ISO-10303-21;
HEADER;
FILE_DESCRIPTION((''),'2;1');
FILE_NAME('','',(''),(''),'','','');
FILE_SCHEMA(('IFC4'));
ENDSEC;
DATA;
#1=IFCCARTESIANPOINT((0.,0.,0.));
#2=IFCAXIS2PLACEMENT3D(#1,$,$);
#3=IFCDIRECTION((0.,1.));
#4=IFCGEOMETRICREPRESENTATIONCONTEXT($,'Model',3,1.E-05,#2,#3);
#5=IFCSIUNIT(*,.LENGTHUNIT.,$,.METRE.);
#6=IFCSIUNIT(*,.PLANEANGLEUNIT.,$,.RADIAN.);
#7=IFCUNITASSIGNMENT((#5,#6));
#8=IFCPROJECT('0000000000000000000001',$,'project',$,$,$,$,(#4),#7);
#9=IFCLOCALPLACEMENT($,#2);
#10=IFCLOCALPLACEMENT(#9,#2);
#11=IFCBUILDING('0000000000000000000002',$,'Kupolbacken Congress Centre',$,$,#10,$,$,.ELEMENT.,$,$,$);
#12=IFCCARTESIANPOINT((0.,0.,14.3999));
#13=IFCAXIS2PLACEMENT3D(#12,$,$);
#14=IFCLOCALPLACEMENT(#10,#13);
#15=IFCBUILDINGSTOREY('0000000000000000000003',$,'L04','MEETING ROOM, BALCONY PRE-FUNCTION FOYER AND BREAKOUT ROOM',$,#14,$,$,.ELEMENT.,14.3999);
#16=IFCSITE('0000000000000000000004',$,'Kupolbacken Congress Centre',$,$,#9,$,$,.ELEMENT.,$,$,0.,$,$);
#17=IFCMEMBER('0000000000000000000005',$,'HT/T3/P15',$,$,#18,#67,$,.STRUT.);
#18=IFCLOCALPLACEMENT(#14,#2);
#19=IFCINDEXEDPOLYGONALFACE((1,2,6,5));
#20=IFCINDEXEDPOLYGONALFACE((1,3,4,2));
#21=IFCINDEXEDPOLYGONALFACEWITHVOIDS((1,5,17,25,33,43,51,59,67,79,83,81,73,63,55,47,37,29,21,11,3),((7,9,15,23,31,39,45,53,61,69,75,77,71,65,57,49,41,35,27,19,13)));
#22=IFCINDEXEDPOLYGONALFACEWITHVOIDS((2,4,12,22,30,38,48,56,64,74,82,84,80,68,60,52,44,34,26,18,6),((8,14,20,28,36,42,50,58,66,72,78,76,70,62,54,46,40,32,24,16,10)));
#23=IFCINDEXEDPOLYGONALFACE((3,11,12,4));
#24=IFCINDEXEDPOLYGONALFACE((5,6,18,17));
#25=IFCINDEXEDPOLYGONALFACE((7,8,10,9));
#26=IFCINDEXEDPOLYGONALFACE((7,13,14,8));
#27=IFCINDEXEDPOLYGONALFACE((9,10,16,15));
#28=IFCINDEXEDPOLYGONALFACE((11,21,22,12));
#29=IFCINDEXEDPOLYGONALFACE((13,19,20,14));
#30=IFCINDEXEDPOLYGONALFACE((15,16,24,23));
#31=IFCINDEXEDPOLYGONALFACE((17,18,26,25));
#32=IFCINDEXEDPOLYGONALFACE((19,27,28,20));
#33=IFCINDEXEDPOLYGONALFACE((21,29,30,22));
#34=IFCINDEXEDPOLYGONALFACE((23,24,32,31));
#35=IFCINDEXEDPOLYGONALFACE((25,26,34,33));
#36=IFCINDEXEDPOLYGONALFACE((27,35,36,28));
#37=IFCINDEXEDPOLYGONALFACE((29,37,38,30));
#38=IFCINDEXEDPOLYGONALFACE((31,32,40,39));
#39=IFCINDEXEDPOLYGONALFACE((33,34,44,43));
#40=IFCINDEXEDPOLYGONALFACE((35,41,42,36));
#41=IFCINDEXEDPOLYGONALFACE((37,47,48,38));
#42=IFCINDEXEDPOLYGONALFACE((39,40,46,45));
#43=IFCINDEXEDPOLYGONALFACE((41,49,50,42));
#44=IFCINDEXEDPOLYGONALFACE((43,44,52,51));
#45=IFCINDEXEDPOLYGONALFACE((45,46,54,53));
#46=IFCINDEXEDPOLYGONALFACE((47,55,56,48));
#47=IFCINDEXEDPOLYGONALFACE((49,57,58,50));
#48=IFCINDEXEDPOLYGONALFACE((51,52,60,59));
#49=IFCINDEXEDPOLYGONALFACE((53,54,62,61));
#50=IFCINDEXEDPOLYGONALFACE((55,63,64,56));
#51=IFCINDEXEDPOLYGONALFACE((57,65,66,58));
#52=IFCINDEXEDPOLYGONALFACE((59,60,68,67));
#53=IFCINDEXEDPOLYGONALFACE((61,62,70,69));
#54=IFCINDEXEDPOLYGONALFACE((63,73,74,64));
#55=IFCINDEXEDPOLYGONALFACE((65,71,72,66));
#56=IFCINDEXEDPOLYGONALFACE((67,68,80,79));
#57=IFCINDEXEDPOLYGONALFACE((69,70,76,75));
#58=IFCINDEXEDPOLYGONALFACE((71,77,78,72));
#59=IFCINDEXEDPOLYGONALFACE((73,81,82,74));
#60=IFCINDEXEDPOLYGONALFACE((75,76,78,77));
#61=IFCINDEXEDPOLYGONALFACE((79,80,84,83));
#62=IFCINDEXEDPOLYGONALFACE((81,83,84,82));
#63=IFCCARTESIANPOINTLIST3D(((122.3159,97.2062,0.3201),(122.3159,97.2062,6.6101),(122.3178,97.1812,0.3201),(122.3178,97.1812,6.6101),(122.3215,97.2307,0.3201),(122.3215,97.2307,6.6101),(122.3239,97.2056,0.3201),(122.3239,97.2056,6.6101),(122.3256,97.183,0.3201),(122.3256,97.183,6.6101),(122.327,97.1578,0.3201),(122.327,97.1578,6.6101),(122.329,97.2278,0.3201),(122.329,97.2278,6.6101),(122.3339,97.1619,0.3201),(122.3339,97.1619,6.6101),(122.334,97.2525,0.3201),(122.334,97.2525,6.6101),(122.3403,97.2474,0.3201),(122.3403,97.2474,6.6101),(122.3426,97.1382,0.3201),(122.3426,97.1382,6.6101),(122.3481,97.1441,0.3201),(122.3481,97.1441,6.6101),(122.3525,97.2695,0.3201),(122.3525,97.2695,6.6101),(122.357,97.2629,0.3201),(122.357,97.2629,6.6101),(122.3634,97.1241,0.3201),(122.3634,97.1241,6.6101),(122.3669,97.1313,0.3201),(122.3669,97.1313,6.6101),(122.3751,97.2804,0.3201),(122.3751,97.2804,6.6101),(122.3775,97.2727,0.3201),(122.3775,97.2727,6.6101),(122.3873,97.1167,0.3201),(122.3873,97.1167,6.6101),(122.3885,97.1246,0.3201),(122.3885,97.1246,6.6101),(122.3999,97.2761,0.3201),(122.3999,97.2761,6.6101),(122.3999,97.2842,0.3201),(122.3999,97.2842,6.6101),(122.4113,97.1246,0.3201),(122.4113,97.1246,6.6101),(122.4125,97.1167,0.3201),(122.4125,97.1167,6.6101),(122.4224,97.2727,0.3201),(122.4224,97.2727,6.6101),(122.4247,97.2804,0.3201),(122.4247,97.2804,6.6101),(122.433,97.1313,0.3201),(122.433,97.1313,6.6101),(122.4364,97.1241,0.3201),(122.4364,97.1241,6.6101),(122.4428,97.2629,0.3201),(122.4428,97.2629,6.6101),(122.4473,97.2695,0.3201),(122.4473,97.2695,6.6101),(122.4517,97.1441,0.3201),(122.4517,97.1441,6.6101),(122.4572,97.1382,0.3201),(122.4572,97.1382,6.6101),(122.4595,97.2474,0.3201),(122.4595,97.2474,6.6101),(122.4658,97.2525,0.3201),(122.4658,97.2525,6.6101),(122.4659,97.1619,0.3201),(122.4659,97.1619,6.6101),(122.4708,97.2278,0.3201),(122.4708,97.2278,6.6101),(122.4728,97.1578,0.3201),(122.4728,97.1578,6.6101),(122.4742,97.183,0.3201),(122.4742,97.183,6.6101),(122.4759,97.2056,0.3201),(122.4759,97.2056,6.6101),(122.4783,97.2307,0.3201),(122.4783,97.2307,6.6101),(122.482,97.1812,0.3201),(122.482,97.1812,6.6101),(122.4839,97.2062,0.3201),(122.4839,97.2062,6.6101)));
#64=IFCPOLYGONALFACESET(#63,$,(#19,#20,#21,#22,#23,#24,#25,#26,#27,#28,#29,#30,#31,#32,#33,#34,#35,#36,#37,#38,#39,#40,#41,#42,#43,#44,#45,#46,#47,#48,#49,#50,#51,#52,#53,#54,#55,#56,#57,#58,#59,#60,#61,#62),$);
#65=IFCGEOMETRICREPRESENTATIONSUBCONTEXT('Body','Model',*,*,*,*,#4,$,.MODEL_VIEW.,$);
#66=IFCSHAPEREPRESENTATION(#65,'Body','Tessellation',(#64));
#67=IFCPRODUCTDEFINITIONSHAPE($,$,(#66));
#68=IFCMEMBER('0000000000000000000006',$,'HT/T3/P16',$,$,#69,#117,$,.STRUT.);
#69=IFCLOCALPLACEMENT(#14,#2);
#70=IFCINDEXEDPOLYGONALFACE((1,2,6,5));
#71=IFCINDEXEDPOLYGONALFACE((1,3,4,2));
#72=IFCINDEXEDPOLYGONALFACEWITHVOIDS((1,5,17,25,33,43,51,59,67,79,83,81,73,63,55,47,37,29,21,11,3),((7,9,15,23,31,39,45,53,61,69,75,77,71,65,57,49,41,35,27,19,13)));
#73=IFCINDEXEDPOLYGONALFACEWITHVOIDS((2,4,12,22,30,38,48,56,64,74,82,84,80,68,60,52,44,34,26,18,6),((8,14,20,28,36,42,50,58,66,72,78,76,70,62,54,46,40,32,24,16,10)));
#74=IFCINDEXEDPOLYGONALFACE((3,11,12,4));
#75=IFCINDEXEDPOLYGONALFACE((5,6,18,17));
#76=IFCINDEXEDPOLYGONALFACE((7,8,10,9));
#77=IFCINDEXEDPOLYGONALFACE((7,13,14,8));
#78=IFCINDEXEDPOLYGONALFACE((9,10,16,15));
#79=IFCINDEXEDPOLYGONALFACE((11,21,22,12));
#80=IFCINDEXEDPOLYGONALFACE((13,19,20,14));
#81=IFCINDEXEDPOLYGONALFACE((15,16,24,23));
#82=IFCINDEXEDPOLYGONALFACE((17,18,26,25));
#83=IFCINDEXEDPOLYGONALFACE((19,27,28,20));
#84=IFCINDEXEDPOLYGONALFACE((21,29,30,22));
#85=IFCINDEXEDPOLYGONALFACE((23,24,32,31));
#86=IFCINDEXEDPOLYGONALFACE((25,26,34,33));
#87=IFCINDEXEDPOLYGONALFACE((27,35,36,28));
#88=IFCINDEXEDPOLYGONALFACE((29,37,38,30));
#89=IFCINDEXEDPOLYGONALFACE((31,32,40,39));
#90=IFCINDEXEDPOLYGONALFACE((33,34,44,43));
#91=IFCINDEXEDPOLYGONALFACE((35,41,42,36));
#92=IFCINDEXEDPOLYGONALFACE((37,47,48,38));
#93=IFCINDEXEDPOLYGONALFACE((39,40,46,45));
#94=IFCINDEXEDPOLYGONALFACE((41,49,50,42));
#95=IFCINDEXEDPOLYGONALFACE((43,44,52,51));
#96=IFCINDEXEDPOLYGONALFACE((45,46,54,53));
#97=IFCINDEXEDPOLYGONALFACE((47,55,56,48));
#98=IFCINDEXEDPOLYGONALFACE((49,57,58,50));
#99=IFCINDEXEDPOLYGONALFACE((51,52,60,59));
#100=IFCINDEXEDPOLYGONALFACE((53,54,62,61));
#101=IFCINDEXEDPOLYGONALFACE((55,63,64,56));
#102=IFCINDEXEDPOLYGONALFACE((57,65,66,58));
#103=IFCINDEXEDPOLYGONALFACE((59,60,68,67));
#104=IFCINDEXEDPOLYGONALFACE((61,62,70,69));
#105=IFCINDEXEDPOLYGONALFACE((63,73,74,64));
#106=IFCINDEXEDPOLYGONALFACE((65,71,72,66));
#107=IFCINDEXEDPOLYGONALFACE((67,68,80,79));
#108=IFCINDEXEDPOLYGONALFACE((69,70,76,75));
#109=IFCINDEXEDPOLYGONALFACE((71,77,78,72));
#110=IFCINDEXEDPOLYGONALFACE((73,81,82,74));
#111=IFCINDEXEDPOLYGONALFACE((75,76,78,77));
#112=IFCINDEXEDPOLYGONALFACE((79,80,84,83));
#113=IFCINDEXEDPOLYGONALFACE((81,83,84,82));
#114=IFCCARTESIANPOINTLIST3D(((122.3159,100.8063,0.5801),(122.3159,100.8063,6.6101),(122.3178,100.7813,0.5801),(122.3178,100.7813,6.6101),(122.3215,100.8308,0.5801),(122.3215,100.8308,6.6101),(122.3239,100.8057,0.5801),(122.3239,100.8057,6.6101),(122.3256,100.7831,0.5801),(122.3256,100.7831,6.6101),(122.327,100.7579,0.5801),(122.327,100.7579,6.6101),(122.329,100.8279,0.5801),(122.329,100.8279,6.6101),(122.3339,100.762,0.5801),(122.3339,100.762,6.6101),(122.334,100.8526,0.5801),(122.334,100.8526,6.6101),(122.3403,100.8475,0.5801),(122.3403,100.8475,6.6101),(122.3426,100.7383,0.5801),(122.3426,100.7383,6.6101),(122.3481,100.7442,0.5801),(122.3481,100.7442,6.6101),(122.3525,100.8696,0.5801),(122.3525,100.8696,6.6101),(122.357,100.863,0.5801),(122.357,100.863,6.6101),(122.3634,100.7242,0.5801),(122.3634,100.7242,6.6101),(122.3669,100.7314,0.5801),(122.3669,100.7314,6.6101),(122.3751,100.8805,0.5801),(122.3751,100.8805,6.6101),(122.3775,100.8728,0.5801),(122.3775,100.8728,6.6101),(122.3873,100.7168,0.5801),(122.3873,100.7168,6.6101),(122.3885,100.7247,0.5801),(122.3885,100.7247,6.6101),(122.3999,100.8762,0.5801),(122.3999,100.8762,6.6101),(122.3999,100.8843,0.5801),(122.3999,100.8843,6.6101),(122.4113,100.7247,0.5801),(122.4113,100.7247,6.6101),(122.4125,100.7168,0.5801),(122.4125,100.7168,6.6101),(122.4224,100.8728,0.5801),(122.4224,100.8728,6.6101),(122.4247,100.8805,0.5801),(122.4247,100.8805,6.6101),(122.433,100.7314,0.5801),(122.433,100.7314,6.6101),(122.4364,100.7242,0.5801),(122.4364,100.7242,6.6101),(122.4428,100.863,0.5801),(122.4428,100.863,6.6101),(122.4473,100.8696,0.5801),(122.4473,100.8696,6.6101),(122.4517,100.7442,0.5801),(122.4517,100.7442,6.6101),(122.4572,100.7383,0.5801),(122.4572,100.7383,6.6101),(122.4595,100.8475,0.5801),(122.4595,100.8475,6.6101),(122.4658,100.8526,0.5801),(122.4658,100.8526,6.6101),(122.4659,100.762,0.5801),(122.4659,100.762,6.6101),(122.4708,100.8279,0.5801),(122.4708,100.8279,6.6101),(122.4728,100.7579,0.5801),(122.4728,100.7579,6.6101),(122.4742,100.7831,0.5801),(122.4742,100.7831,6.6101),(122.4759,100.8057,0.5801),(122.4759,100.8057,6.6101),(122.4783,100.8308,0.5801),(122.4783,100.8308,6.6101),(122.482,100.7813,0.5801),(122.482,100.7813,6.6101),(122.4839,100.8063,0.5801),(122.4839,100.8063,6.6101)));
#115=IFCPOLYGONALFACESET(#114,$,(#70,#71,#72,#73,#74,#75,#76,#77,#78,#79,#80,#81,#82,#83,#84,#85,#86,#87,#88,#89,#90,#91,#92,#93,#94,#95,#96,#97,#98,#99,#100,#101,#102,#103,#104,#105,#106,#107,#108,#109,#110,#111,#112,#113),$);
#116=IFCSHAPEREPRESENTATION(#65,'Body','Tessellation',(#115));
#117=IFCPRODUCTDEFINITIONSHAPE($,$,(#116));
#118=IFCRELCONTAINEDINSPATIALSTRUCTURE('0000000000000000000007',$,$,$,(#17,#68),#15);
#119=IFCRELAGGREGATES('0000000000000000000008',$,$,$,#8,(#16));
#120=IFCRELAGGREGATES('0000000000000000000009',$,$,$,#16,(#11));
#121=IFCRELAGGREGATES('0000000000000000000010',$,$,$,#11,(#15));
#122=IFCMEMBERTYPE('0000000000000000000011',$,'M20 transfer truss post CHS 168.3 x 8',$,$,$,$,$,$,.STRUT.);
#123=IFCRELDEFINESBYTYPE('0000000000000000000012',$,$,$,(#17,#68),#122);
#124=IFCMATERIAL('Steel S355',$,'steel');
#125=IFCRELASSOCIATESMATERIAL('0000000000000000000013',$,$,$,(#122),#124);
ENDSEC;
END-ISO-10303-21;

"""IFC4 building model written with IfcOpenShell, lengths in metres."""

from ifc_helpers import new_model, si_unit, direction, frame, origin, origin_2d, place, context, subcontext, project, spatial, hollow_circle, extrude, material, material_profile, profile_set, type_object, element, save


model = new_model("IFC4")

# Units and contexts
model_context = context("Model", 3, precision=1e-05, world=origin(), true_north=direction((0.0, 1.0)))
body_context = subcontext(model_context, "Body", "Model", "MODEL_VIEW")
ifc_project = project(units=[si_unit("LENGTHUNIT", "METRE"), si_unit("PLANEANGLEUNIT", "RADIAN")], contexts=[model_context])

# Site, building, storey
site_placement = place(None, origin())
site = spatial("IfcSite", under=ifc_project, at=site_placement, Name="Kupolbacken Congress Centre", CompositionType="ELEMENT", RefElevation=0.0)
building_placement = place(site_placement, origin())
building = spatial("IfcBuilding", under=site, at=building_placement, Name="Kupolbacken Congress Centre", CompositionType="ELEMENT")
storey_placement = place(building_placement, frame((0.0, 0.0, 14.3999)))
storey = spatial("IfcBuildingStorey", under=building, at=storey_placement, Name="L04", Description="MEETING ROOM, BALCONY PRE-FUNCTION FOYER AND BREAKOUT ROOM", CompositionType="ELEMENT", Elevation=14.3999)

# Members
ifc_material_1 = material(Name="Steel S355", Category="steel")
ifc_material_profile_1 = material_profile(ifc_material_1, hollow_circle(Radius=0.0842, WallThickness=0.0081, at=origin_2d()), Name="CHS 168.3 x 8")
ifc_profile_set_1 = profile_set([ifc_material_profile_1], Name="Steel S355")
member_type_1 = type_object("IfcMemberType", Name="M20 transfer truss post CHS 168.3 x 8", PredefinedType="STRUT", material=ifc_profile_set_1)
for number, where, z_axis, x_axis, name in (
    (1, (122.3999, 97.2, 0.3201), (0.0, 0.0, 1.0), (0.0, 1.0, 0.0), "HT/T3/P15"),
):
    element("IfcMember", number, at=place(storey_placement, frame(where, z_axis=z_axis, x_axis=x_axis)), inside=storey, type_object=member_type_1, Name=name, PredefinedType="STRUT", context=body_context, shape_type="SweptSolid", body=[
        extrude(hollow_circle(Radius=0.0842, WallThickness=0.0081, at=origin_2d()), origin(), (0.0, 0.0, 1.0), 6.29),
    ])
member_1_placement = place(storey_placement, frame((122.3999, 100.8, 0.5801), z_axis=(0.0, 0.0, 1.0), x_axis=(0.0, 1.0, 0.0)))
element("IfcMember", 2, at=member_1_placement, inside=storey, type_object=member_type_1, Name="HT/T3/P16", PredefinedType="STRUT", context=body_context, shape_type="SweptSolid", body=[
    extrude(hollow_circle(Radius=0.0842, WallThickness=0.0081, at=origin_2d()), origin(), (0.0, 0.0, 1.0), 6.03),
])

save(model, "model.ifc")
